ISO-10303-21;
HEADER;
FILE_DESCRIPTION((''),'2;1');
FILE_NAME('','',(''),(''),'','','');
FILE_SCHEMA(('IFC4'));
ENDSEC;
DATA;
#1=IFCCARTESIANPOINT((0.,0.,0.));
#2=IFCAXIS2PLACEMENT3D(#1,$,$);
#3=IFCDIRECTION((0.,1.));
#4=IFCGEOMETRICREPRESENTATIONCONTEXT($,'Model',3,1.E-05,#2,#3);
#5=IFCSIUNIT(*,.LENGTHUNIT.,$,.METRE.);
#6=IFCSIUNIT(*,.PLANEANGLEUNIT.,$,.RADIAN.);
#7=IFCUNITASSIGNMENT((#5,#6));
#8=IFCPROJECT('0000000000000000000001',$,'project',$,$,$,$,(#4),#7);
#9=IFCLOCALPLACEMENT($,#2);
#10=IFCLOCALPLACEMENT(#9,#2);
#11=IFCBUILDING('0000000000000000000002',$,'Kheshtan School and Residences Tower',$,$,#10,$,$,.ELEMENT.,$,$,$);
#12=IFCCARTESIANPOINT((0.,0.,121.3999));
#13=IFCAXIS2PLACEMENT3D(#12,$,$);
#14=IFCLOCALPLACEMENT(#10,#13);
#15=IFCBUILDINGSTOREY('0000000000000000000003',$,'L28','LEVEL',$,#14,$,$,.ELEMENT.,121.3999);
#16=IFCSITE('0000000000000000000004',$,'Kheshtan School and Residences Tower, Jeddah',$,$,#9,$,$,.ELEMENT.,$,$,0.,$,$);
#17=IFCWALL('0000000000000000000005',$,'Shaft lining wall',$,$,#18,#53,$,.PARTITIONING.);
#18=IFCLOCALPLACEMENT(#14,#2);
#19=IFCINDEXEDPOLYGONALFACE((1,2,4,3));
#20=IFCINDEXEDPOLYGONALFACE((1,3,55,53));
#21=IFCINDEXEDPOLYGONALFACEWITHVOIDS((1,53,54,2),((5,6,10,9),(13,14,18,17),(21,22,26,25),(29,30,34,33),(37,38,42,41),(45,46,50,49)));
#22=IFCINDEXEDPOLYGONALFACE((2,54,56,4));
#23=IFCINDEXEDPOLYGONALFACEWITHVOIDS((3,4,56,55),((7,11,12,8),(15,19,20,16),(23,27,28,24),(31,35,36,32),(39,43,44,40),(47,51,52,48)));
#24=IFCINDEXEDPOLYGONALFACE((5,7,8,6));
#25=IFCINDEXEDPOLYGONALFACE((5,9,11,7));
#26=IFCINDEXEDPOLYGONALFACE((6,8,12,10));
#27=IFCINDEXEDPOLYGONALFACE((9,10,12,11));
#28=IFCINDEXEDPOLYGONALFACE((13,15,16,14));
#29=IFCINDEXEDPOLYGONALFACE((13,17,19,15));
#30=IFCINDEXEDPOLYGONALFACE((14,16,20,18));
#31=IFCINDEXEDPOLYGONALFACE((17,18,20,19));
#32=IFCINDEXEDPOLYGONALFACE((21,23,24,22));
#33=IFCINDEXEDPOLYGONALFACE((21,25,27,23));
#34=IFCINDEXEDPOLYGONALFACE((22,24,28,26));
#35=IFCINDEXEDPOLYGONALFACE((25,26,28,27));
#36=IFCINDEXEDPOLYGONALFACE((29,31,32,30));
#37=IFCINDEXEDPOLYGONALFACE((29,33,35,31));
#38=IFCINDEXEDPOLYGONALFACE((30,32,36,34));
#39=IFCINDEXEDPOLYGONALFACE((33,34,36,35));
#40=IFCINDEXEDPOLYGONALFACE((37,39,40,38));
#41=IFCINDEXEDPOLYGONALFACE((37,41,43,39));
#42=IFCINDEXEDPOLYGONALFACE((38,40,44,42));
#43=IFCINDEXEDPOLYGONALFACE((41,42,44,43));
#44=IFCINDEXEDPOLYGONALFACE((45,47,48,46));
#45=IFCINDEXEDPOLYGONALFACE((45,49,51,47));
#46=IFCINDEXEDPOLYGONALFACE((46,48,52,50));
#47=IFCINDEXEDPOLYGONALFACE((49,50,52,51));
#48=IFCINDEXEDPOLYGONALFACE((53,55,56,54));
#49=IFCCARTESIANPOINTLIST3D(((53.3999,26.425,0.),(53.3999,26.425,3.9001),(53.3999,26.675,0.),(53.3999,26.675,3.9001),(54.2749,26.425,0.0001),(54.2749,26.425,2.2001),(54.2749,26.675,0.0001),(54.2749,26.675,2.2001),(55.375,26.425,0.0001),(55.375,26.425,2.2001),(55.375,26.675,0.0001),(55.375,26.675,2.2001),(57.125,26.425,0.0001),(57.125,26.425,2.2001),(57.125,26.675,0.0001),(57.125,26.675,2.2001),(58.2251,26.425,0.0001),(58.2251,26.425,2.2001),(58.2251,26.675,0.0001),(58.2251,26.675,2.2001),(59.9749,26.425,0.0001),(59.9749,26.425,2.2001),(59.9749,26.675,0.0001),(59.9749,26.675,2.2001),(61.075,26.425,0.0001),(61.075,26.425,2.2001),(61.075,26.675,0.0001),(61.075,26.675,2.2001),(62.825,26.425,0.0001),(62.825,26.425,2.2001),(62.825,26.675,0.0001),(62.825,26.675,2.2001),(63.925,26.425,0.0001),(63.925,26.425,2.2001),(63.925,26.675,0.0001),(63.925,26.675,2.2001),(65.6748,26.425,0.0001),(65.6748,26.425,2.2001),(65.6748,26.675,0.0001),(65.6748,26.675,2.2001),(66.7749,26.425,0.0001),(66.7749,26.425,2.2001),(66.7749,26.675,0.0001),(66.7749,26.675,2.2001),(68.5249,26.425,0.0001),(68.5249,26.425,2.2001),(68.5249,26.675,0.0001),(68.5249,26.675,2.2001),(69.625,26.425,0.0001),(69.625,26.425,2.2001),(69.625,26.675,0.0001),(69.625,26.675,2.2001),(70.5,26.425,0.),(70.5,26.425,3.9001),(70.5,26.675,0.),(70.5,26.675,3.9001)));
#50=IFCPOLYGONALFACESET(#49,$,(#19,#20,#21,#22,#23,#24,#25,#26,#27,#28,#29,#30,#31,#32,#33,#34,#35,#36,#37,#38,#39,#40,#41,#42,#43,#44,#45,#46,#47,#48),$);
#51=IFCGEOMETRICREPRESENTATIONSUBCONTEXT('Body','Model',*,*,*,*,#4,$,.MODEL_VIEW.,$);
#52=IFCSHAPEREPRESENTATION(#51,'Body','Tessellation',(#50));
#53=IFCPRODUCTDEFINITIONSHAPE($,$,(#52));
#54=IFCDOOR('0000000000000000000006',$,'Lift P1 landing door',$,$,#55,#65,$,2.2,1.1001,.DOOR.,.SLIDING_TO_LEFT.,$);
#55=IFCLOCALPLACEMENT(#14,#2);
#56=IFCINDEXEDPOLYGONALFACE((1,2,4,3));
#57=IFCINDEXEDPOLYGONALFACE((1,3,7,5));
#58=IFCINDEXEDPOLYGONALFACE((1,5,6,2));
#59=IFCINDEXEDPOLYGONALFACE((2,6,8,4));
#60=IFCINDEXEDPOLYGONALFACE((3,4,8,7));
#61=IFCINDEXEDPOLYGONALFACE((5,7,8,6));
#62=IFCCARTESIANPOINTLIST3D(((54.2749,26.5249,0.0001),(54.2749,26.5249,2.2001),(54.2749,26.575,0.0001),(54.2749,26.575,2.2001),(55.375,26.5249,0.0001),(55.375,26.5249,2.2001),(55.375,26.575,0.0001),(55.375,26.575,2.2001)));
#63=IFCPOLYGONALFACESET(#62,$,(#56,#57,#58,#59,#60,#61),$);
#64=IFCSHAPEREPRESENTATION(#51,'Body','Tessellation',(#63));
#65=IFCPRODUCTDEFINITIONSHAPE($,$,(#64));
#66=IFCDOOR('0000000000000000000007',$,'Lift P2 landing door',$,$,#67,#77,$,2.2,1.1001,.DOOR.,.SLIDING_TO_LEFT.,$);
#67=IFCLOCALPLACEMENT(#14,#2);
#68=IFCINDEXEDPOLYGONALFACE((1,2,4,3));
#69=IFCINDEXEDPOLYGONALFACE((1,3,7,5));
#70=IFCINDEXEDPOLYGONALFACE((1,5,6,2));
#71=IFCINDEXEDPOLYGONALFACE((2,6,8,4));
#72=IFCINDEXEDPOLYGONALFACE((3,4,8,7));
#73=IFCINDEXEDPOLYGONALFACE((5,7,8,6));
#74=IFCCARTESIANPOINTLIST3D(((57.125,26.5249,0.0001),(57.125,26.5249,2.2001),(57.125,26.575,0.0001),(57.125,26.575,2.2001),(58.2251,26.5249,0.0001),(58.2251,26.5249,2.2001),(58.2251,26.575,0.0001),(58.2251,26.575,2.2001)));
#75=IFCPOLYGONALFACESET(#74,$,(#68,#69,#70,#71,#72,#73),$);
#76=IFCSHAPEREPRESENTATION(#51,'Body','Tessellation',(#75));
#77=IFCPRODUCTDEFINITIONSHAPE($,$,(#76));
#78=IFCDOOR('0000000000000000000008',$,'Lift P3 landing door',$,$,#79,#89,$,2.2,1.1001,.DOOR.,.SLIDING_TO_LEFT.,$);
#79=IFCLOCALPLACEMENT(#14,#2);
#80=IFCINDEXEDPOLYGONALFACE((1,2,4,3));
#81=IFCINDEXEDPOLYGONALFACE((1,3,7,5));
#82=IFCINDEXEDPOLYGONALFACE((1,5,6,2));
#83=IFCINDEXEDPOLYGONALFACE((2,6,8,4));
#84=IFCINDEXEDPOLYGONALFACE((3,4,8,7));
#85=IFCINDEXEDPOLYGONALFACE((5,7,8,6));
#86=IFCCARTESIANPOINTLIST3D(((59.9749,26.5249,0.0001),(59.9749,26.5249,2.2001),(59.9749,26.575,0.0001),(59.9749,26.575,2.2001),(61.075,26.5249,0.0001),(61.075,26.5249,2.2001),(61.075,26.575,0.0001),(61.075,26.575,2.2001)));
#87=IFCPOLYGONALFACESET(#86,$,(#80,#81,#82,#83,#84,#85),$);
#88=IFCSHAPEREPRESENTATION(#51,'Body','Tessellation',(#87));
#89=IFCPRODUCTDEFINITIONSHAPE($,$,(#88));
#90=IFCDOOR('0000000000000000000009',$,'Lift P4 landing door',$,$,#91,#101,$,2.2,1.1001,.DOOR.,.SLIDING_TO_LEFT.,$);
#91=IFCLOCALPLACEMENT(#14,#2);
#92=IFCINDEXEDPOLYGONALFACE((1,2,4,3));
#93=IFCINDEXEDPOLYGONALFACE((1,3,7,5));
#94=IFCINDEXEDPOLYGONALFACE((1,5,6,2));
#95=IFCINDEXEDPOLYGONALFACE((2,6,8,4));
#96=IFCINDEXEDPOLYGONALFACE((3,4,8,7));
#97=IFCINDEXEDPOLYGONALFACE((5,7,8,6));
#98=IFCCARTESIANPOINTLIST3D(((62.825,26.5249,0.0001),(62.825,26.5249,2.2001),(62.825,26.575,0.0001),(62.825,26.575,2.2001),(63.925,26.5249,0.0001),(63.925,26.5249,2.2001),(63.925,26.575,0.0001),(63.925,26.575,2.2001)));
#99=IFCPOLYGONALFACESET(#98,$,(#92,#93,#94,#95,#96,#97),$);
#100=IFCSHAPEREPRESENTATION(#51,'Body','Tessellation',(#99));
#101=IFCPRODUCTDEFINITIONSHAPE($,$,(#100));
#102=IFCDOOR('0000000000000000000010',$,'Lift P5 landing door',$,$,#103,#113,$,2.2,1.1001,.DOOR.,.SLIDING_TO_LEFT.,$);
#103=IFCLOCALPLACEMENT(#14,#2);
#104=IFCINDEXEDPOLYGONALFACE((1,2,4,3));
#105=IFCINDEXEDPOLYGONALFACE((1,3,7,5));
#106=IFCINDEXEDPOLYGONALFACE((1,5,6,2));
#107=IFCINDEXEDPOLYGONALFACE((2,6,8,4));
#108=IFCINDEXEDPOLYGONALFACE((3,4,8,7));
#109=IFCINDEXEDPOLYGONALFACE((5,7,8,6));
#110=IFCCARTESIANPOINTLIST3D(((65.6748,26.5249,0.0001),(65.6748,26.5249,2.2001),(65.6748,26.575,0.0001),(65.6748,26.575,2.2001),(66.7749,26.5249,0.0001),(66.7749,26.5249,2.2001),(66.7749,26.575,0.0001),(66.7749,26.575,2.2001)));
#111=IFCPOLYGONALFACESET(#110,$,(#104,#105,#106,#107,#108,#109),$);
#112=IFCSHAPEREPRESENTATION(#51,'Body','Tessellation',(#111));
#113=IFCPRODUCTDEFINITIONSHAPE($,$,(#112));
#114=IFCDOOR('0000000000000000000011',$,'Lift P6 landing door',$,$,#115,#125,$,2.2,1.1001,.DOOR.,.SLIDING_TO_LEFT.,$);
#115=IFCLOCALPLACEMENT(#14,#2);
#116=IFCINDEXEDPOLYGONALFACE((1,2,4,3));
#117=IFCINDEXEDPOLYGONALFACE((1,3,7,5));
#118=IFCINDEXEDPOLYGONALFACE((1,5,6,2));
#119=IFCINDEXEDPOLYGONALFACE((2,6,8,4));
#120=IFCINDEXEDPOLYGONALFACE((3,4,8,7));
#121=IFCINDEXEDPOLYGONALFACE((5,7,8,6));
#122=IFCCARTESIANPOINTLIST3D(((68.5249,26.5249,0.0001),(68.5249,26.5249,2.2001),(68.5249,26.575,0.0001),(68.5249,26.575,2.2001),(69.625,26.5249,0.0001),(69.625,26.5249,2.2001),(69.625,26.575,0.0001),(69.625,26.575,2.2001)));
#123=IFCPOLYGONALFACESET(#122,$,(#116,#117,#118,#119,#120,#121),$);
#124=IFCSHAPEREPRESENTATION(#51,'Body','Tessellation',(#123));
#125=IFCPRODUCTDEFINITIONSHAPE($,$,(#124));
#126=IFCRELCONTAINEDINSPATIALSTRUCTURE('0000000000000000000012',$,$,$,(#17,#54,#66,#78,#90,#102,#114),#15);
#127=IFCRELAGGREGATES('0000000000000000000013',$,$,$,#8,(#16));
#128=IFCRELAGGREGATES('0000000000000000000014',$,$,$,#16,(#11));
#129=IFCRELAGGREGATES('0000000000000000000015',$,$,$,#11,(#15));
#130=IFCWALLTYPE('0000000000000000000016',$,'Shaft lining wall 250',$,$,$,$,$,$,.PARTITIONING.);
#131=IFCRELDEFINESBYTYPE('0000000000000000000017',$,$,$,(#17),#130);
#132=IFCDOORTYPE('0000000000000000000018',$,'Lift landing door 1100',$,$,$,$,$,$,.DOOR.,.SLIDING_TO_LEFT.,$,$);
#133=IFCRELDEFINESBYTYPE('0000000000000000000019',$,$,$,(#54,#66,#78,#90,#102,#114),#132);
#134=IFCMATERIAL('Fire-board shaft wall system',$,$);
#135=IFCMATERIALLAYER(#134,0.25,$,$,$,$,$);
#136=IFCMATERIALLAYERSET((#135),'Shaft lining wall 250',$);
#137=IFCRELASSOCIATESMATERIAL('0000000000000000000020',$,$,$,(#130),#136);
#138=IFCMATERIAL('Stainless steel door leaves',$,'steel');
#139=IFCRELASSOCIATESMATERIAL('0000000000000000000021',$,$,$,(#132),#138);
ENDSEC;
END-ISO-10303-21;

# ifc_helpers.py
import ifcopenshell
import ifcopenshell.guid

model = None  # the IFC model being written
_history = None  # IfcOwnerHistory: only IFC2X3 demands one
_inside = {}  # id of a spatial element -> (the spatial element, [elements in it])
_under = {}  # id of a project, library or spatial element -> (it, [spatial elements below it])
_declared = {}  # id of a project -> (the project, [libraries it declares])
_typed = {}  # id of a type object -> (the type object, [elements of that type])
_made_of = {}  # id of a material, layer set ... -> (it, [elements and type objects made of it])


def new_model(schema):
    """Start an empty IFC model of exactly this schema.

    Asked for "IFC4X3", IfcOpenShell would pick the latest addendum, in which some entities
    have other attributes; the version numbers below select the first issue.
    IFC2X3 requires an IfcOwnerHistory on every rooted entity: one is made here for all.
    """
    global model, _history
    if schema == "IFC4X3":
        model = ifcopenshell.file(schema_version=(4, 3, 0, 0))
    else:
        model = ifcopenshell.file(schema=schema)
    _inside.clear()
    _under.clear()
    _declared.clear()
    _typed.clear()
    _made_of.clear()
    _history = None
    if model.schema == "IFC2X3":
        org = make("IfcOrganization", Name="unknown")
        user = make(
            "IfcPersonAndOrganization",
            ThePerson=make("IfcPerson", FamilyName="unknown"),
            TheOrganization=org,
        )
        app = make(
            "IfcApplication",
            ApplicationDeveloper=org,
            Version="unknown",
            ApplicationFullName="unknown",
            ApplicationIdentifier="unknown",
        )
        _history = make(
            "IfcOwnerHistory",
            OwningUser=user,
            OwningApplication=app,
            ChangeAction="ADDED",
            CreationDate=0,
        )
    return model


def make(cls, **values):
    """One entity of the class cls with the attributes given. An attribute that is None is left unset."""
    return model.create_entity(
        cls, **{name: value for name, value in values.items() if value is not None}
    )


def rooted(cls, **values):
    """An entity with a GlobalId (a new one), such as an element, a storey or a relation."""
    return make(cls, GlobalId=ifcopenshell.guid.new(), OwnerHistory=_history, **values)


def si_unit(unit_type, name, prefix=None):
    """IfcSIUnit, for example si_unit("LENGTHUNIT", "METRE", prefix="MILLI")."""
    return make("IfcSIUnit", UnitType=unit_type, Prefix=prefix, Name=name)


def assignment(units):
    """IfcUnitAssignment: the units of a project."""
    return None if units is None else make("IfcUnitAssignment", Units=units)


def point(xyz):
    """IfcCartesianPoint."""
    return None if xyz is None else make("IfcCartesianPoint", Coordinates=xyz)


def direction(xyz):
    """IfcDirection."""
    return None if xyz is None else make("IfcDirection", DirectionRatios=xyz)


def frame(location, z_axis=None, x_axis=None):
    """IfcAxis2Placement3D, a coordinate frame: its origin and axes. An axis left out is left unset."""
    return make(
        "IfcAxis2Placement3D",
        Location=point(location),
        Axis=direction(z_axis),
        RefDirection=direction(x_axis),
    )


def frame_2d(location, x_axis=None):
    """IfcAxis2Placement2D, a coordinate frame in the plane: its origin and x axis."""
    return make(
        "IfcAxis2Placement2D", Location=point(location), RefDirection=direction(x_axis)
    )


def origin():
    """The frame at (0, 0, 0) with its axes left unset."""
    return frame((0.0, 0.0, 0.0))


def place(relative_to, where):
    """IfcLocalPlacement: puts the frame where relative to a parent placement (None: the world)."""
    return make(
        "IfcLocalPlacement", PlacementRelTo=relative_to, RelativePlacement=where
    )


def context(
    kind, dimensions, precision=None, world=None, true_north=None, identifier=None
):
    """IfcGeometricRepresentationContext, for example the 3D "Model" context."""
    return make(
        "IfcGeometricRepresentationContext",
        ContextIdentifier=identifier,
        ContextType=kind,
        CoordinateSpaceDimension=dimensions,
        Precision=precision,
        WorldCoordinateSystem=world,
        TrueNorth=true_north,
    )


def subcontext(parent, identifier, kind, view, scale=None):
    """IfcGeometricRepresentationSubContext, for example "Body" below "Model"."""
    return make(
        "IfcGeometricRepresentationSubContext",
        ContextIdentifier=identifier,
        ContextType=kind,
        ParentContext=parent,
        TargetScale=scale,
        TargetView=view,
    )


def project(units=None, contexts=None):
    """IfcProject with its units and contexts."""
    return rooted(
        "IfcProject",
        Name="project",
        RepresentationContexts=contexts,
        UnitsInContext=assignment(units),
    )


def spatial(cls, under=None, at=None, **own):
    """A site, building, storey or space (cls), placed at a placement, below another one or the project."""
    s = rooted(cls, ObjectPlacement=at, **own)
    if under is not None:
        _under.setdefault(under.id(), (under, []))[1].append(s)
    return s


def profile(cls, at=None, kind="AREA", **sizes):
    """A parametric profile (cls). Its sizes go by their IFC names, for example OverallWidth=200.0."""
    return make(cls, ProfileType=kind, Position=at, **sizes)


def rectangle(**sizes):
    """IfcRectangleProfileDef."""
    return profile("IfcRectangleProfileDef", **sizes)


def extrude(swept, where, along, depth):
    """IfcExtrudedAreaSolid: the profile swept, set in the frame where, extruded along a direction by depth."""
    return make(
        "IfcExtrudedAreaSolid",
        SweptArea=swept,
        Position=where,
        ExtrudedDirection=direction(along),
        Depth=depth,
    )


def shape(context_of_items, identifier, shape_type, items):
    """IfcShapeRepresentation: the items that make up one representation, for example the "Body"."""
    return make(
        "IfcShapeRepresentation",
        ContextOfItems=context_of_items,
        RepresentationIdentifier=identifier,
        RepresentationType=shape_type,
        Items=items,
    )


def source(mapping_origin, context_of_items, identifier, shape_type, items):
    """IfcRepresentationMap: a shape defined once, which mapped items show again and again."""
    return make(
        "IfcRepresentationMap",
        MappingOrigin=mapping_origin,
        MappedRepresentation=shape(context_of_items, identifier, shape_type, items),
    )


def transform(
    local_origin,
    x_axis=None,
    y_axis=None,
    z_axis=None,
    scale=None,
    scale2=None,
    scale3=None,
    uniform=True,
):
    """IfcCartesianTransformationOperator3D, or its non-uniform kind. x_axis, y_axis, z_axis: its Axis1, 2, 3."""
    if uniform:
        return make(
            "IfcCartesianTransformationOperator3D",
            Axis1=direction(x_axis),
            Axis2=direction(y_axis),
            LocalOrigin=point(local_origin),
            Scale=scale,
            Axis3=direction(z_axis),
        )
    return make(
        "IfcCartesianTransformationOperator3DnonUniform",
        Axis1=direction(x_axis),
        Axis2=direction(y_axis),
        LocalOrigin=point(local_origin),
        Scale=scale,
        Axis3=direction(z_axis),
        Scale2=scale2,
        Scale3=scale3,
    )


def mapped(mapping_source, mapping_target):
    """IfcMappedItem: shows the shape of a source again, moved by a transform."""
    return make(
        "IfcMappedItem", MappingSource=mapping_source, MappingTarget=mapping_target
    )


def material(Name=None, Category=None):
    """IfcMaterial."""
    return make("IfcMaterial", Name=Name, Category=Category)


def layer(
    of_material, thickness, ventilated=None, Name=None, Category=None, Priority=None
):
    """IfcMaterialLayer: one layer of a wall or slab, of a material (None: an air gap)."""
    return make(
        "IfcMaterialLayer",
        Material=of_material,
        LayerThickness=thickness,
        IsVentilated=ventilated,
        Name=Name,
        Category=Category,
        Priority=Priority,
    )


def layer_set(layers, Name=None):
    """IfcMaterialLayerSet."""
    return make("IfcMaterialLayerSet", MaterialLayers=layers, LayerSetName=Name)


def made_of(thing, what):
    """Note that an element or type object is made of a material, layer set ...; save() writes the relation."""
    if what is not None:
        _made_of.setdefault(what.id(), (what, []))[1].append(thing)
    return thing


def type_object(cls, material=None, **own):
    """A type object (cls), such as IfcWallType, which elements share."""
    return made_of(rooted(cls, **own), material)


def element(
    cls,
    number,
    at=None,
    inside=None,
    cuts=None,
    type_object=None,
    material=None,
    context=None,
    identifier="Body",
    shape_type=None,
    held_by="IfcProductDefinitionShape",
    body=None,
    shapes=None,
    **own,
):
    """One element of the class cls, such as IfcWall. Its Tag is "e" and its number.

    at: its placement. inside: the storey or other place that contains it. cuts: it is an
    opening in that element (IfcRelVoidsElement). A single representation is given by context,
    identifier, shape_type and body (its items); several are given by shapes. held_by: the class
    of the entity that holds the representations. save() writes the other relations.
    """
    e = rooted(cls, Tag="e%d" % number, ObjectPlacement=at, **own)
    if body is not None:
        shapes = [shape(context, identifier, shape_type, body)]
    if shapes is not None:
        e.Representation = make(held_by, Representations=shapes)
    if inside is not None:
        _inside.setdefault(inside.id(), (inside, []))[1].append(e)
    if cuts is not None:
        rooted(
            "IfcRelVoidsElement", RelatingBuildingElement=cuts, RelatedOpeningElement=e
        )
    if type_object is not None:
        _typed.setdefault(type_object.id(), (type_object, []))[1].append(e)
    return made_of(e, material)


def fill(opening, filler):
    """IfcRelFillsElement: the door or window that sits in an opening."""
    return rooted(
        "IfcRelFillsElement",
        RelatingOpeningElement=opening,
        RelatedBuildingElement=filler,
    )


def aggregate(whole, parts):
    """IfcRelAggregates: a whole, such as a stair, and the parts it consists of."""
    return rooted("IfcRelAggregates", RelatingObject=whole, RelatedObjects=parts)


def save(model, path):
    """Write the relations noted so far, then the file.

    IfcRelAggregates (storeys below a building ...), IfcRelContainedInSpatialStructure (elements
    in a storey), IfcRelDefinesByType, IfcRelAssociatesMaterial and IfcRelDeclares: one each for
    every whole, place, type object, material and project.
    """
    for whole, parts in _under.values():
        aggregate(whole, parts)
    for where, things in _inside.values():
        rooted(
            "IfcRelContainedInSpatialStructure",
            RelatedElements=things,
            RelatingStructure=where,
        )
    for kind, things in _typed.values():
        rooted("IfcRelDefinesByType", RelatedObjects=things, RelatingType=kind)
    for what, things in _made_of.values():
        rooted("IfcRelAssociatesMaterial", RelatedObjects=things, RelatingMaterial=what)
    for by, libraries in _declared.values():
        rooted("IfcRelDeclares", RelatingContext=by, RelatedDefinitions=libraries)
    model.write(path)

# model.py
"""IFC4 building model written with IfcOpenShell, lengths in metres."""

from ifc_helpers import new_model, si_unit, direction, frame, frame_2d, origin, place, context, subcontext, project, spatial, rectangle, extrude, source, transform, mapped, material, layer, layer_set, type_object, element, fill, save


model = new_model("IFC4")

# Units and contexts
model_context = context("Model", 3, precision=1e-05, world=origin(), true_north=direction((0.0, 1.0)))
body_context = subcontext(model_context, "Body", "Model", "MODEL_VIEW")
ifc_project = project(units=[si_unit("LENGTHUNIT", "METRE"), si_unit("PLANEANGLEUNIT", "RADIAN")], contexts=[model_context])

# Site, building, storey
site_placement = place(None, origin())
site = spatial("IfcSite", under=ifc_project, at=site_placement, Name="Kheshtan School and Residences Tower, Jeddah", CompositionType="ELEMENT", RefElevation=0.0)
building_placement = place(site_placement, origin())
building = spatial("IfcBuilding", under=site, at=building_placement, Name="Kheshtan School and Residences Tower", CompositionType="ELEMENT")
storey_placement = place(building_placement, frame((0.0, 0.0, 121.3999)))
storey = spatial("IfcBuildingStorey", under=building, at=storey_placement, Name="L28", Description="LEVEL", CompositionType="ELEMENT", Elevation=121.3999)

# Shared definitions
ifc_material_1 = material(Name="Fire-board shaft wall system")
ifc_layer_1 = layer(ifc_material_1, 0.25)
ifc_layer_set_1 = layer_set([ifc_layer_1], Name="Shaft lining wall 250")
wall_type_1 = type_object("IfcWallType", Name="Shaft lining wall 250", PredefinedType="PARTITIONING", material=ifc_layer_set_1)

# Wall, openings, doors
wall_1_placement = place(storey_placement, frame((53.3999, 26.55, 0.0), z_axis=(0.0, 0.0, 1.0), x_axis=(1.0, 0.0, 0.0)))
wall_1 = element("IfcWall", 1, at=wall_1_placement, inside=storey, type_object=wall_type_1, Name="Shaft lining wall", PredefinedType="PARTITIONING", context=body_context, shape_type="SweptSolid", body=[
    extrude(rectangle(XDim=17.1001, YDim=0.25, at=frame_2d((8.55, 0.0))), origin(), (0.0, 0.0, 1.0), 3.9001),
])
opening_1_placement = place(wall_1_placement, frame((0.875, 0.0, 0.0)))
opening_1 = element("IfcOpeningElement", 2, at=opening_1_placement, cuts=wall_1, PredefinedType="OPENING", context=body_context, shape_type="SweptSolid", body=[
    extrude(rectangle(XDim=1.1001, YDim=2.2, at=frame_2d((0.55, 1.1001))), frame((0.0, 0.135, 0.0), z_axis=(0.0, -1.0, 0.0), x_axis=(1.0, 0.0, 0.0)), (0.0, 0.0, 1.0), 0.27),
])
opening_2_placement = place(wall_1_placement, frame((3.7251, 0.0, 0.0)))
opening_2 = element("IfcOpeningElement", 3, at=opening_2_placement, cuts=wall_1, PredefinedType="OPENING", context=body_context, shape_type="SweptSolid", body=[
    extrude(rectangle(XDim=1.1001, YDim=2.2, at=frame_2d((0.55, 1.1001))), frame((0.0, 0.135, 0.0), z_axis=(0.0, -1.0, 0.0), x_axis=(1.0, 0.0, 0.0)), (0.0, 0.0, 1.0), 0.27),
])
opening_3_placement = place(wall_1_placement, frame((6.575, 0.0, 0.0)))
opening_3 = element("IfcOpeningElement", 4, at=opening_3_placement, cuts=wall_1, PredefinedType="OPENING", context=body_context, shape_type="SweptSolid", body=[
    extrude(rectangle(XDim=1.1001, YDim=2.2, at=frame_2d((0.55, 1.1001))), frame((0.0, 0.135, 0.0), z_axis=(0.0, -1.0, 0.0), x_axis=(1.0, 0.0, 0.0)), (0.0, 0.0, 1.0), 0.27),
])
opening_4_placement = place(wall_1_placement, frame((9.425, 0.0, 0.0)))
opening_4 = element("IfcOpeningElement", 5, at=opening_4_placement, cuts=wall_1, PredefinedType="OPENING", context=body_context, shape_type="SweptSolid", body=[
    extrude(rectangle(XDim=1.1001, YDim=2.2, at=frame_2d((0.55, 1.1001))), frame((0.0, 0.135, 0.0), z_axis=(0.0, -1.0, 0.0), x_axis=(1.0, 0.0, 0.0)), (0.0, 0.0, 1.0), 0.27),
])
opening_5_placement = place(wall_1_placement, frame((12.2749, 0.0, 0.0)))
opening_5 = element("IfcOpeningElement", 6, at=opening_5_placement, cuts=wall_1, PredefinedType="OPENING", context=body_context, shape_type="SweptSolid", body=[
    extrude(rectangle(XDim=1.1001, YDim=2.2, at=frame_2d((0.55, 1.1001))), frame((0.0, 0.135, 0.0), z_axis=(0.0, -1.0, 0.0), x_axis=(1.0, 0.0, 0.0)), (0.0, 0.0, 1.0), 0.27),
])
opening_6_placement = place(wall_1_placement, frame((15.125, 0.0, 0.0)))
opening_6 = element("IfcOpeningElement", 7, at=opening_6_placement, cuts=wall_1, PredefinedType="OPENING", context=body_context, shape_type="SweptSolid", body=[
    extrude(rectangle(XDim=1.1001, YDim=2.2, at=frame_2d((0.55, 1.1001))), frame((0.0, 0.135, 0.0), z_axis=(0.0, -1.0, 0.0), x_axis=(1.0, 0.0, 0.0)), (0.0, 0.0, 1.0), 0.27),
])
ifc_material_2 = material(Name="Stainless steel door leaves", Category="steel")
door_type = type_object("IfcDoorType", Name="Lift landing door 1100", OperationType="SLIDING_TO_LEFT", PredefinedType="DOOR", material=ifc_material_2)
shared_shape = source(origin(), body_context, "Body", "SweptSolid", [
    extrude(rectangle(XDim=1.1001, YDim=2.2, at=frame_2d((0.55, 1.1001))), frame((0.0, 0.0249, 0.0), z_axis=(0.0, -1.0, 0.0), x_axis=(1.0, 0.0, 0.0)), (0.0, 0.0, 1.0), 0.05),
])
door_1_placement = place(opening_1_placement, origin())
door_1 = element("IfcDoor", 8, at=door_1_placement, inside=storey, type_object=door_type, Name="Lift P1 landing door", OperationType="SLIDING_TO_LEFT", OverallHeight=2.2, OverallWidth=1.1001, PredefinedType="DOOR", context=body_context, shape_type="MappedRepresentation", body=[
    mapped(shared_shape, transform((0.0, 0.0, 0.0), x_axis=(1.0, 0.0, 0.0), y_axis=(0.0, 1.0, 0.0), z_axis=(0.0, 0.0, 1.0), scale=1.0)),
])
fill(opening_1, door_1)
door_2_placement = place(opening_2_placement, origin())
door_2 = element("IfcDoor", 9, at=door_2_placement, inside=storey, type_object=door_type, Name="Lift P2 landing door", OperationType="SLIDING_TO_LEFT", OverallHeight=2.2, OverallWidth=1.1001, PredefinedType="DOOR", context=body_context, shape_type="MappedRepresentation", body=[
    mapped(shared_shape, transform((0.0, 0.0, 0.0), x_axis=(1.0, 0.0, 0.0), y_axis=(0.0, 1.0, 0.0), z_axis=(0.0, 0.0, 1.0), scale=1.0)),
])
fill(opening_2, door_2)
door_3_placement = place(opening_3_placement, origin())
door_3 = element("IfcDoor", 10, at=door_3_placement, inside=storey, type_object=door_type, Name="Lift P3 landing door", OperationType="SLIDING_TO_LEFT", OverallHeight=2.2, OverallWidth=1.1001, PredefinedType="DOOR", context=body_context, shape_type="MappedRepresentation", body=[
    mapped(shared_shape, transform((0.0, 0.0, 0.0), x_axis=(1.0, 0.0, 0.0), y_axis=(0.0, 1.0, 0.0), z_axis=(0.0, 0.0, 1.0), scale=1.0)),
])
fill(opening_3, door_3)
door_4_placement = place(opening_4_placement, origin())
door_4 = element("IfcDoor", 11, at=door_4_placement, inside=storey, type_object=door_type, Name="Lift P4 landing door", OperationType="SLIDING_TO_LEFT", OverallHeight=2.2, OverallWidth=1.1001, PredefinedType="DOOR", context=body_context, shape_type="MappedRepresentation", body=[
    mapped(shared_shape, transform((0.0, 0.0, 0.0), x_axis=(1.0, 0.0, 0.0), y_axis=(0.0, 1.0, 0.0), z_axis=(0.0, 0.0, 1.0), scale=1.0)),
])
fill(opening_4, door_4)
door_5_placement = place(opening_5_placement, origin())
door_5 = element("IfcDoor", 12, at=door_5_placement, inside=storey, type_object=door_type, Name="Lift P5 landing door", OperationType="SLIDING_TO_LEFT", OverallHeight=2.2, OverallWidth=1.1001, PredefinedType="DOOR", context=body_context, shape_type="MappedRepresentation", body=[
    mapped(shared_shape, transform((0.0, 0.0, 0.0), x_axis=(1.0, 0.0, 0.0), y_axis=(0.0, 1.0, 0.0), z_axis=(0.0, 0.0, 1.0), scale=1.0)),
])
fill(opening_5, door_5)
door_6_placement = place(opening_6_placement, origin())
door_6 = element("IfcDoor", 13, at=door_6_placement, inside=storey, type_object=door_type, Name="Lift P6 landing door", OperationType="SLIDING_TO_LEFT", OverallHeight=2.2, OverallWidth=1.1001, PredefinedType="DOOR", context=body_context, shape_type="MappedRepresentation", body=[
    mapped(shared_shape, transform((0.0, 0.0, 0.0), x_axis=(1.0, 0.0, 0.0), y_axis=(0.0, 1.0, 0.0), z_axis=(0.0, 0.0, 1.0), scale=1.0)),
])
fill(opening_6, door_6)

save(model, "model.ifc")
